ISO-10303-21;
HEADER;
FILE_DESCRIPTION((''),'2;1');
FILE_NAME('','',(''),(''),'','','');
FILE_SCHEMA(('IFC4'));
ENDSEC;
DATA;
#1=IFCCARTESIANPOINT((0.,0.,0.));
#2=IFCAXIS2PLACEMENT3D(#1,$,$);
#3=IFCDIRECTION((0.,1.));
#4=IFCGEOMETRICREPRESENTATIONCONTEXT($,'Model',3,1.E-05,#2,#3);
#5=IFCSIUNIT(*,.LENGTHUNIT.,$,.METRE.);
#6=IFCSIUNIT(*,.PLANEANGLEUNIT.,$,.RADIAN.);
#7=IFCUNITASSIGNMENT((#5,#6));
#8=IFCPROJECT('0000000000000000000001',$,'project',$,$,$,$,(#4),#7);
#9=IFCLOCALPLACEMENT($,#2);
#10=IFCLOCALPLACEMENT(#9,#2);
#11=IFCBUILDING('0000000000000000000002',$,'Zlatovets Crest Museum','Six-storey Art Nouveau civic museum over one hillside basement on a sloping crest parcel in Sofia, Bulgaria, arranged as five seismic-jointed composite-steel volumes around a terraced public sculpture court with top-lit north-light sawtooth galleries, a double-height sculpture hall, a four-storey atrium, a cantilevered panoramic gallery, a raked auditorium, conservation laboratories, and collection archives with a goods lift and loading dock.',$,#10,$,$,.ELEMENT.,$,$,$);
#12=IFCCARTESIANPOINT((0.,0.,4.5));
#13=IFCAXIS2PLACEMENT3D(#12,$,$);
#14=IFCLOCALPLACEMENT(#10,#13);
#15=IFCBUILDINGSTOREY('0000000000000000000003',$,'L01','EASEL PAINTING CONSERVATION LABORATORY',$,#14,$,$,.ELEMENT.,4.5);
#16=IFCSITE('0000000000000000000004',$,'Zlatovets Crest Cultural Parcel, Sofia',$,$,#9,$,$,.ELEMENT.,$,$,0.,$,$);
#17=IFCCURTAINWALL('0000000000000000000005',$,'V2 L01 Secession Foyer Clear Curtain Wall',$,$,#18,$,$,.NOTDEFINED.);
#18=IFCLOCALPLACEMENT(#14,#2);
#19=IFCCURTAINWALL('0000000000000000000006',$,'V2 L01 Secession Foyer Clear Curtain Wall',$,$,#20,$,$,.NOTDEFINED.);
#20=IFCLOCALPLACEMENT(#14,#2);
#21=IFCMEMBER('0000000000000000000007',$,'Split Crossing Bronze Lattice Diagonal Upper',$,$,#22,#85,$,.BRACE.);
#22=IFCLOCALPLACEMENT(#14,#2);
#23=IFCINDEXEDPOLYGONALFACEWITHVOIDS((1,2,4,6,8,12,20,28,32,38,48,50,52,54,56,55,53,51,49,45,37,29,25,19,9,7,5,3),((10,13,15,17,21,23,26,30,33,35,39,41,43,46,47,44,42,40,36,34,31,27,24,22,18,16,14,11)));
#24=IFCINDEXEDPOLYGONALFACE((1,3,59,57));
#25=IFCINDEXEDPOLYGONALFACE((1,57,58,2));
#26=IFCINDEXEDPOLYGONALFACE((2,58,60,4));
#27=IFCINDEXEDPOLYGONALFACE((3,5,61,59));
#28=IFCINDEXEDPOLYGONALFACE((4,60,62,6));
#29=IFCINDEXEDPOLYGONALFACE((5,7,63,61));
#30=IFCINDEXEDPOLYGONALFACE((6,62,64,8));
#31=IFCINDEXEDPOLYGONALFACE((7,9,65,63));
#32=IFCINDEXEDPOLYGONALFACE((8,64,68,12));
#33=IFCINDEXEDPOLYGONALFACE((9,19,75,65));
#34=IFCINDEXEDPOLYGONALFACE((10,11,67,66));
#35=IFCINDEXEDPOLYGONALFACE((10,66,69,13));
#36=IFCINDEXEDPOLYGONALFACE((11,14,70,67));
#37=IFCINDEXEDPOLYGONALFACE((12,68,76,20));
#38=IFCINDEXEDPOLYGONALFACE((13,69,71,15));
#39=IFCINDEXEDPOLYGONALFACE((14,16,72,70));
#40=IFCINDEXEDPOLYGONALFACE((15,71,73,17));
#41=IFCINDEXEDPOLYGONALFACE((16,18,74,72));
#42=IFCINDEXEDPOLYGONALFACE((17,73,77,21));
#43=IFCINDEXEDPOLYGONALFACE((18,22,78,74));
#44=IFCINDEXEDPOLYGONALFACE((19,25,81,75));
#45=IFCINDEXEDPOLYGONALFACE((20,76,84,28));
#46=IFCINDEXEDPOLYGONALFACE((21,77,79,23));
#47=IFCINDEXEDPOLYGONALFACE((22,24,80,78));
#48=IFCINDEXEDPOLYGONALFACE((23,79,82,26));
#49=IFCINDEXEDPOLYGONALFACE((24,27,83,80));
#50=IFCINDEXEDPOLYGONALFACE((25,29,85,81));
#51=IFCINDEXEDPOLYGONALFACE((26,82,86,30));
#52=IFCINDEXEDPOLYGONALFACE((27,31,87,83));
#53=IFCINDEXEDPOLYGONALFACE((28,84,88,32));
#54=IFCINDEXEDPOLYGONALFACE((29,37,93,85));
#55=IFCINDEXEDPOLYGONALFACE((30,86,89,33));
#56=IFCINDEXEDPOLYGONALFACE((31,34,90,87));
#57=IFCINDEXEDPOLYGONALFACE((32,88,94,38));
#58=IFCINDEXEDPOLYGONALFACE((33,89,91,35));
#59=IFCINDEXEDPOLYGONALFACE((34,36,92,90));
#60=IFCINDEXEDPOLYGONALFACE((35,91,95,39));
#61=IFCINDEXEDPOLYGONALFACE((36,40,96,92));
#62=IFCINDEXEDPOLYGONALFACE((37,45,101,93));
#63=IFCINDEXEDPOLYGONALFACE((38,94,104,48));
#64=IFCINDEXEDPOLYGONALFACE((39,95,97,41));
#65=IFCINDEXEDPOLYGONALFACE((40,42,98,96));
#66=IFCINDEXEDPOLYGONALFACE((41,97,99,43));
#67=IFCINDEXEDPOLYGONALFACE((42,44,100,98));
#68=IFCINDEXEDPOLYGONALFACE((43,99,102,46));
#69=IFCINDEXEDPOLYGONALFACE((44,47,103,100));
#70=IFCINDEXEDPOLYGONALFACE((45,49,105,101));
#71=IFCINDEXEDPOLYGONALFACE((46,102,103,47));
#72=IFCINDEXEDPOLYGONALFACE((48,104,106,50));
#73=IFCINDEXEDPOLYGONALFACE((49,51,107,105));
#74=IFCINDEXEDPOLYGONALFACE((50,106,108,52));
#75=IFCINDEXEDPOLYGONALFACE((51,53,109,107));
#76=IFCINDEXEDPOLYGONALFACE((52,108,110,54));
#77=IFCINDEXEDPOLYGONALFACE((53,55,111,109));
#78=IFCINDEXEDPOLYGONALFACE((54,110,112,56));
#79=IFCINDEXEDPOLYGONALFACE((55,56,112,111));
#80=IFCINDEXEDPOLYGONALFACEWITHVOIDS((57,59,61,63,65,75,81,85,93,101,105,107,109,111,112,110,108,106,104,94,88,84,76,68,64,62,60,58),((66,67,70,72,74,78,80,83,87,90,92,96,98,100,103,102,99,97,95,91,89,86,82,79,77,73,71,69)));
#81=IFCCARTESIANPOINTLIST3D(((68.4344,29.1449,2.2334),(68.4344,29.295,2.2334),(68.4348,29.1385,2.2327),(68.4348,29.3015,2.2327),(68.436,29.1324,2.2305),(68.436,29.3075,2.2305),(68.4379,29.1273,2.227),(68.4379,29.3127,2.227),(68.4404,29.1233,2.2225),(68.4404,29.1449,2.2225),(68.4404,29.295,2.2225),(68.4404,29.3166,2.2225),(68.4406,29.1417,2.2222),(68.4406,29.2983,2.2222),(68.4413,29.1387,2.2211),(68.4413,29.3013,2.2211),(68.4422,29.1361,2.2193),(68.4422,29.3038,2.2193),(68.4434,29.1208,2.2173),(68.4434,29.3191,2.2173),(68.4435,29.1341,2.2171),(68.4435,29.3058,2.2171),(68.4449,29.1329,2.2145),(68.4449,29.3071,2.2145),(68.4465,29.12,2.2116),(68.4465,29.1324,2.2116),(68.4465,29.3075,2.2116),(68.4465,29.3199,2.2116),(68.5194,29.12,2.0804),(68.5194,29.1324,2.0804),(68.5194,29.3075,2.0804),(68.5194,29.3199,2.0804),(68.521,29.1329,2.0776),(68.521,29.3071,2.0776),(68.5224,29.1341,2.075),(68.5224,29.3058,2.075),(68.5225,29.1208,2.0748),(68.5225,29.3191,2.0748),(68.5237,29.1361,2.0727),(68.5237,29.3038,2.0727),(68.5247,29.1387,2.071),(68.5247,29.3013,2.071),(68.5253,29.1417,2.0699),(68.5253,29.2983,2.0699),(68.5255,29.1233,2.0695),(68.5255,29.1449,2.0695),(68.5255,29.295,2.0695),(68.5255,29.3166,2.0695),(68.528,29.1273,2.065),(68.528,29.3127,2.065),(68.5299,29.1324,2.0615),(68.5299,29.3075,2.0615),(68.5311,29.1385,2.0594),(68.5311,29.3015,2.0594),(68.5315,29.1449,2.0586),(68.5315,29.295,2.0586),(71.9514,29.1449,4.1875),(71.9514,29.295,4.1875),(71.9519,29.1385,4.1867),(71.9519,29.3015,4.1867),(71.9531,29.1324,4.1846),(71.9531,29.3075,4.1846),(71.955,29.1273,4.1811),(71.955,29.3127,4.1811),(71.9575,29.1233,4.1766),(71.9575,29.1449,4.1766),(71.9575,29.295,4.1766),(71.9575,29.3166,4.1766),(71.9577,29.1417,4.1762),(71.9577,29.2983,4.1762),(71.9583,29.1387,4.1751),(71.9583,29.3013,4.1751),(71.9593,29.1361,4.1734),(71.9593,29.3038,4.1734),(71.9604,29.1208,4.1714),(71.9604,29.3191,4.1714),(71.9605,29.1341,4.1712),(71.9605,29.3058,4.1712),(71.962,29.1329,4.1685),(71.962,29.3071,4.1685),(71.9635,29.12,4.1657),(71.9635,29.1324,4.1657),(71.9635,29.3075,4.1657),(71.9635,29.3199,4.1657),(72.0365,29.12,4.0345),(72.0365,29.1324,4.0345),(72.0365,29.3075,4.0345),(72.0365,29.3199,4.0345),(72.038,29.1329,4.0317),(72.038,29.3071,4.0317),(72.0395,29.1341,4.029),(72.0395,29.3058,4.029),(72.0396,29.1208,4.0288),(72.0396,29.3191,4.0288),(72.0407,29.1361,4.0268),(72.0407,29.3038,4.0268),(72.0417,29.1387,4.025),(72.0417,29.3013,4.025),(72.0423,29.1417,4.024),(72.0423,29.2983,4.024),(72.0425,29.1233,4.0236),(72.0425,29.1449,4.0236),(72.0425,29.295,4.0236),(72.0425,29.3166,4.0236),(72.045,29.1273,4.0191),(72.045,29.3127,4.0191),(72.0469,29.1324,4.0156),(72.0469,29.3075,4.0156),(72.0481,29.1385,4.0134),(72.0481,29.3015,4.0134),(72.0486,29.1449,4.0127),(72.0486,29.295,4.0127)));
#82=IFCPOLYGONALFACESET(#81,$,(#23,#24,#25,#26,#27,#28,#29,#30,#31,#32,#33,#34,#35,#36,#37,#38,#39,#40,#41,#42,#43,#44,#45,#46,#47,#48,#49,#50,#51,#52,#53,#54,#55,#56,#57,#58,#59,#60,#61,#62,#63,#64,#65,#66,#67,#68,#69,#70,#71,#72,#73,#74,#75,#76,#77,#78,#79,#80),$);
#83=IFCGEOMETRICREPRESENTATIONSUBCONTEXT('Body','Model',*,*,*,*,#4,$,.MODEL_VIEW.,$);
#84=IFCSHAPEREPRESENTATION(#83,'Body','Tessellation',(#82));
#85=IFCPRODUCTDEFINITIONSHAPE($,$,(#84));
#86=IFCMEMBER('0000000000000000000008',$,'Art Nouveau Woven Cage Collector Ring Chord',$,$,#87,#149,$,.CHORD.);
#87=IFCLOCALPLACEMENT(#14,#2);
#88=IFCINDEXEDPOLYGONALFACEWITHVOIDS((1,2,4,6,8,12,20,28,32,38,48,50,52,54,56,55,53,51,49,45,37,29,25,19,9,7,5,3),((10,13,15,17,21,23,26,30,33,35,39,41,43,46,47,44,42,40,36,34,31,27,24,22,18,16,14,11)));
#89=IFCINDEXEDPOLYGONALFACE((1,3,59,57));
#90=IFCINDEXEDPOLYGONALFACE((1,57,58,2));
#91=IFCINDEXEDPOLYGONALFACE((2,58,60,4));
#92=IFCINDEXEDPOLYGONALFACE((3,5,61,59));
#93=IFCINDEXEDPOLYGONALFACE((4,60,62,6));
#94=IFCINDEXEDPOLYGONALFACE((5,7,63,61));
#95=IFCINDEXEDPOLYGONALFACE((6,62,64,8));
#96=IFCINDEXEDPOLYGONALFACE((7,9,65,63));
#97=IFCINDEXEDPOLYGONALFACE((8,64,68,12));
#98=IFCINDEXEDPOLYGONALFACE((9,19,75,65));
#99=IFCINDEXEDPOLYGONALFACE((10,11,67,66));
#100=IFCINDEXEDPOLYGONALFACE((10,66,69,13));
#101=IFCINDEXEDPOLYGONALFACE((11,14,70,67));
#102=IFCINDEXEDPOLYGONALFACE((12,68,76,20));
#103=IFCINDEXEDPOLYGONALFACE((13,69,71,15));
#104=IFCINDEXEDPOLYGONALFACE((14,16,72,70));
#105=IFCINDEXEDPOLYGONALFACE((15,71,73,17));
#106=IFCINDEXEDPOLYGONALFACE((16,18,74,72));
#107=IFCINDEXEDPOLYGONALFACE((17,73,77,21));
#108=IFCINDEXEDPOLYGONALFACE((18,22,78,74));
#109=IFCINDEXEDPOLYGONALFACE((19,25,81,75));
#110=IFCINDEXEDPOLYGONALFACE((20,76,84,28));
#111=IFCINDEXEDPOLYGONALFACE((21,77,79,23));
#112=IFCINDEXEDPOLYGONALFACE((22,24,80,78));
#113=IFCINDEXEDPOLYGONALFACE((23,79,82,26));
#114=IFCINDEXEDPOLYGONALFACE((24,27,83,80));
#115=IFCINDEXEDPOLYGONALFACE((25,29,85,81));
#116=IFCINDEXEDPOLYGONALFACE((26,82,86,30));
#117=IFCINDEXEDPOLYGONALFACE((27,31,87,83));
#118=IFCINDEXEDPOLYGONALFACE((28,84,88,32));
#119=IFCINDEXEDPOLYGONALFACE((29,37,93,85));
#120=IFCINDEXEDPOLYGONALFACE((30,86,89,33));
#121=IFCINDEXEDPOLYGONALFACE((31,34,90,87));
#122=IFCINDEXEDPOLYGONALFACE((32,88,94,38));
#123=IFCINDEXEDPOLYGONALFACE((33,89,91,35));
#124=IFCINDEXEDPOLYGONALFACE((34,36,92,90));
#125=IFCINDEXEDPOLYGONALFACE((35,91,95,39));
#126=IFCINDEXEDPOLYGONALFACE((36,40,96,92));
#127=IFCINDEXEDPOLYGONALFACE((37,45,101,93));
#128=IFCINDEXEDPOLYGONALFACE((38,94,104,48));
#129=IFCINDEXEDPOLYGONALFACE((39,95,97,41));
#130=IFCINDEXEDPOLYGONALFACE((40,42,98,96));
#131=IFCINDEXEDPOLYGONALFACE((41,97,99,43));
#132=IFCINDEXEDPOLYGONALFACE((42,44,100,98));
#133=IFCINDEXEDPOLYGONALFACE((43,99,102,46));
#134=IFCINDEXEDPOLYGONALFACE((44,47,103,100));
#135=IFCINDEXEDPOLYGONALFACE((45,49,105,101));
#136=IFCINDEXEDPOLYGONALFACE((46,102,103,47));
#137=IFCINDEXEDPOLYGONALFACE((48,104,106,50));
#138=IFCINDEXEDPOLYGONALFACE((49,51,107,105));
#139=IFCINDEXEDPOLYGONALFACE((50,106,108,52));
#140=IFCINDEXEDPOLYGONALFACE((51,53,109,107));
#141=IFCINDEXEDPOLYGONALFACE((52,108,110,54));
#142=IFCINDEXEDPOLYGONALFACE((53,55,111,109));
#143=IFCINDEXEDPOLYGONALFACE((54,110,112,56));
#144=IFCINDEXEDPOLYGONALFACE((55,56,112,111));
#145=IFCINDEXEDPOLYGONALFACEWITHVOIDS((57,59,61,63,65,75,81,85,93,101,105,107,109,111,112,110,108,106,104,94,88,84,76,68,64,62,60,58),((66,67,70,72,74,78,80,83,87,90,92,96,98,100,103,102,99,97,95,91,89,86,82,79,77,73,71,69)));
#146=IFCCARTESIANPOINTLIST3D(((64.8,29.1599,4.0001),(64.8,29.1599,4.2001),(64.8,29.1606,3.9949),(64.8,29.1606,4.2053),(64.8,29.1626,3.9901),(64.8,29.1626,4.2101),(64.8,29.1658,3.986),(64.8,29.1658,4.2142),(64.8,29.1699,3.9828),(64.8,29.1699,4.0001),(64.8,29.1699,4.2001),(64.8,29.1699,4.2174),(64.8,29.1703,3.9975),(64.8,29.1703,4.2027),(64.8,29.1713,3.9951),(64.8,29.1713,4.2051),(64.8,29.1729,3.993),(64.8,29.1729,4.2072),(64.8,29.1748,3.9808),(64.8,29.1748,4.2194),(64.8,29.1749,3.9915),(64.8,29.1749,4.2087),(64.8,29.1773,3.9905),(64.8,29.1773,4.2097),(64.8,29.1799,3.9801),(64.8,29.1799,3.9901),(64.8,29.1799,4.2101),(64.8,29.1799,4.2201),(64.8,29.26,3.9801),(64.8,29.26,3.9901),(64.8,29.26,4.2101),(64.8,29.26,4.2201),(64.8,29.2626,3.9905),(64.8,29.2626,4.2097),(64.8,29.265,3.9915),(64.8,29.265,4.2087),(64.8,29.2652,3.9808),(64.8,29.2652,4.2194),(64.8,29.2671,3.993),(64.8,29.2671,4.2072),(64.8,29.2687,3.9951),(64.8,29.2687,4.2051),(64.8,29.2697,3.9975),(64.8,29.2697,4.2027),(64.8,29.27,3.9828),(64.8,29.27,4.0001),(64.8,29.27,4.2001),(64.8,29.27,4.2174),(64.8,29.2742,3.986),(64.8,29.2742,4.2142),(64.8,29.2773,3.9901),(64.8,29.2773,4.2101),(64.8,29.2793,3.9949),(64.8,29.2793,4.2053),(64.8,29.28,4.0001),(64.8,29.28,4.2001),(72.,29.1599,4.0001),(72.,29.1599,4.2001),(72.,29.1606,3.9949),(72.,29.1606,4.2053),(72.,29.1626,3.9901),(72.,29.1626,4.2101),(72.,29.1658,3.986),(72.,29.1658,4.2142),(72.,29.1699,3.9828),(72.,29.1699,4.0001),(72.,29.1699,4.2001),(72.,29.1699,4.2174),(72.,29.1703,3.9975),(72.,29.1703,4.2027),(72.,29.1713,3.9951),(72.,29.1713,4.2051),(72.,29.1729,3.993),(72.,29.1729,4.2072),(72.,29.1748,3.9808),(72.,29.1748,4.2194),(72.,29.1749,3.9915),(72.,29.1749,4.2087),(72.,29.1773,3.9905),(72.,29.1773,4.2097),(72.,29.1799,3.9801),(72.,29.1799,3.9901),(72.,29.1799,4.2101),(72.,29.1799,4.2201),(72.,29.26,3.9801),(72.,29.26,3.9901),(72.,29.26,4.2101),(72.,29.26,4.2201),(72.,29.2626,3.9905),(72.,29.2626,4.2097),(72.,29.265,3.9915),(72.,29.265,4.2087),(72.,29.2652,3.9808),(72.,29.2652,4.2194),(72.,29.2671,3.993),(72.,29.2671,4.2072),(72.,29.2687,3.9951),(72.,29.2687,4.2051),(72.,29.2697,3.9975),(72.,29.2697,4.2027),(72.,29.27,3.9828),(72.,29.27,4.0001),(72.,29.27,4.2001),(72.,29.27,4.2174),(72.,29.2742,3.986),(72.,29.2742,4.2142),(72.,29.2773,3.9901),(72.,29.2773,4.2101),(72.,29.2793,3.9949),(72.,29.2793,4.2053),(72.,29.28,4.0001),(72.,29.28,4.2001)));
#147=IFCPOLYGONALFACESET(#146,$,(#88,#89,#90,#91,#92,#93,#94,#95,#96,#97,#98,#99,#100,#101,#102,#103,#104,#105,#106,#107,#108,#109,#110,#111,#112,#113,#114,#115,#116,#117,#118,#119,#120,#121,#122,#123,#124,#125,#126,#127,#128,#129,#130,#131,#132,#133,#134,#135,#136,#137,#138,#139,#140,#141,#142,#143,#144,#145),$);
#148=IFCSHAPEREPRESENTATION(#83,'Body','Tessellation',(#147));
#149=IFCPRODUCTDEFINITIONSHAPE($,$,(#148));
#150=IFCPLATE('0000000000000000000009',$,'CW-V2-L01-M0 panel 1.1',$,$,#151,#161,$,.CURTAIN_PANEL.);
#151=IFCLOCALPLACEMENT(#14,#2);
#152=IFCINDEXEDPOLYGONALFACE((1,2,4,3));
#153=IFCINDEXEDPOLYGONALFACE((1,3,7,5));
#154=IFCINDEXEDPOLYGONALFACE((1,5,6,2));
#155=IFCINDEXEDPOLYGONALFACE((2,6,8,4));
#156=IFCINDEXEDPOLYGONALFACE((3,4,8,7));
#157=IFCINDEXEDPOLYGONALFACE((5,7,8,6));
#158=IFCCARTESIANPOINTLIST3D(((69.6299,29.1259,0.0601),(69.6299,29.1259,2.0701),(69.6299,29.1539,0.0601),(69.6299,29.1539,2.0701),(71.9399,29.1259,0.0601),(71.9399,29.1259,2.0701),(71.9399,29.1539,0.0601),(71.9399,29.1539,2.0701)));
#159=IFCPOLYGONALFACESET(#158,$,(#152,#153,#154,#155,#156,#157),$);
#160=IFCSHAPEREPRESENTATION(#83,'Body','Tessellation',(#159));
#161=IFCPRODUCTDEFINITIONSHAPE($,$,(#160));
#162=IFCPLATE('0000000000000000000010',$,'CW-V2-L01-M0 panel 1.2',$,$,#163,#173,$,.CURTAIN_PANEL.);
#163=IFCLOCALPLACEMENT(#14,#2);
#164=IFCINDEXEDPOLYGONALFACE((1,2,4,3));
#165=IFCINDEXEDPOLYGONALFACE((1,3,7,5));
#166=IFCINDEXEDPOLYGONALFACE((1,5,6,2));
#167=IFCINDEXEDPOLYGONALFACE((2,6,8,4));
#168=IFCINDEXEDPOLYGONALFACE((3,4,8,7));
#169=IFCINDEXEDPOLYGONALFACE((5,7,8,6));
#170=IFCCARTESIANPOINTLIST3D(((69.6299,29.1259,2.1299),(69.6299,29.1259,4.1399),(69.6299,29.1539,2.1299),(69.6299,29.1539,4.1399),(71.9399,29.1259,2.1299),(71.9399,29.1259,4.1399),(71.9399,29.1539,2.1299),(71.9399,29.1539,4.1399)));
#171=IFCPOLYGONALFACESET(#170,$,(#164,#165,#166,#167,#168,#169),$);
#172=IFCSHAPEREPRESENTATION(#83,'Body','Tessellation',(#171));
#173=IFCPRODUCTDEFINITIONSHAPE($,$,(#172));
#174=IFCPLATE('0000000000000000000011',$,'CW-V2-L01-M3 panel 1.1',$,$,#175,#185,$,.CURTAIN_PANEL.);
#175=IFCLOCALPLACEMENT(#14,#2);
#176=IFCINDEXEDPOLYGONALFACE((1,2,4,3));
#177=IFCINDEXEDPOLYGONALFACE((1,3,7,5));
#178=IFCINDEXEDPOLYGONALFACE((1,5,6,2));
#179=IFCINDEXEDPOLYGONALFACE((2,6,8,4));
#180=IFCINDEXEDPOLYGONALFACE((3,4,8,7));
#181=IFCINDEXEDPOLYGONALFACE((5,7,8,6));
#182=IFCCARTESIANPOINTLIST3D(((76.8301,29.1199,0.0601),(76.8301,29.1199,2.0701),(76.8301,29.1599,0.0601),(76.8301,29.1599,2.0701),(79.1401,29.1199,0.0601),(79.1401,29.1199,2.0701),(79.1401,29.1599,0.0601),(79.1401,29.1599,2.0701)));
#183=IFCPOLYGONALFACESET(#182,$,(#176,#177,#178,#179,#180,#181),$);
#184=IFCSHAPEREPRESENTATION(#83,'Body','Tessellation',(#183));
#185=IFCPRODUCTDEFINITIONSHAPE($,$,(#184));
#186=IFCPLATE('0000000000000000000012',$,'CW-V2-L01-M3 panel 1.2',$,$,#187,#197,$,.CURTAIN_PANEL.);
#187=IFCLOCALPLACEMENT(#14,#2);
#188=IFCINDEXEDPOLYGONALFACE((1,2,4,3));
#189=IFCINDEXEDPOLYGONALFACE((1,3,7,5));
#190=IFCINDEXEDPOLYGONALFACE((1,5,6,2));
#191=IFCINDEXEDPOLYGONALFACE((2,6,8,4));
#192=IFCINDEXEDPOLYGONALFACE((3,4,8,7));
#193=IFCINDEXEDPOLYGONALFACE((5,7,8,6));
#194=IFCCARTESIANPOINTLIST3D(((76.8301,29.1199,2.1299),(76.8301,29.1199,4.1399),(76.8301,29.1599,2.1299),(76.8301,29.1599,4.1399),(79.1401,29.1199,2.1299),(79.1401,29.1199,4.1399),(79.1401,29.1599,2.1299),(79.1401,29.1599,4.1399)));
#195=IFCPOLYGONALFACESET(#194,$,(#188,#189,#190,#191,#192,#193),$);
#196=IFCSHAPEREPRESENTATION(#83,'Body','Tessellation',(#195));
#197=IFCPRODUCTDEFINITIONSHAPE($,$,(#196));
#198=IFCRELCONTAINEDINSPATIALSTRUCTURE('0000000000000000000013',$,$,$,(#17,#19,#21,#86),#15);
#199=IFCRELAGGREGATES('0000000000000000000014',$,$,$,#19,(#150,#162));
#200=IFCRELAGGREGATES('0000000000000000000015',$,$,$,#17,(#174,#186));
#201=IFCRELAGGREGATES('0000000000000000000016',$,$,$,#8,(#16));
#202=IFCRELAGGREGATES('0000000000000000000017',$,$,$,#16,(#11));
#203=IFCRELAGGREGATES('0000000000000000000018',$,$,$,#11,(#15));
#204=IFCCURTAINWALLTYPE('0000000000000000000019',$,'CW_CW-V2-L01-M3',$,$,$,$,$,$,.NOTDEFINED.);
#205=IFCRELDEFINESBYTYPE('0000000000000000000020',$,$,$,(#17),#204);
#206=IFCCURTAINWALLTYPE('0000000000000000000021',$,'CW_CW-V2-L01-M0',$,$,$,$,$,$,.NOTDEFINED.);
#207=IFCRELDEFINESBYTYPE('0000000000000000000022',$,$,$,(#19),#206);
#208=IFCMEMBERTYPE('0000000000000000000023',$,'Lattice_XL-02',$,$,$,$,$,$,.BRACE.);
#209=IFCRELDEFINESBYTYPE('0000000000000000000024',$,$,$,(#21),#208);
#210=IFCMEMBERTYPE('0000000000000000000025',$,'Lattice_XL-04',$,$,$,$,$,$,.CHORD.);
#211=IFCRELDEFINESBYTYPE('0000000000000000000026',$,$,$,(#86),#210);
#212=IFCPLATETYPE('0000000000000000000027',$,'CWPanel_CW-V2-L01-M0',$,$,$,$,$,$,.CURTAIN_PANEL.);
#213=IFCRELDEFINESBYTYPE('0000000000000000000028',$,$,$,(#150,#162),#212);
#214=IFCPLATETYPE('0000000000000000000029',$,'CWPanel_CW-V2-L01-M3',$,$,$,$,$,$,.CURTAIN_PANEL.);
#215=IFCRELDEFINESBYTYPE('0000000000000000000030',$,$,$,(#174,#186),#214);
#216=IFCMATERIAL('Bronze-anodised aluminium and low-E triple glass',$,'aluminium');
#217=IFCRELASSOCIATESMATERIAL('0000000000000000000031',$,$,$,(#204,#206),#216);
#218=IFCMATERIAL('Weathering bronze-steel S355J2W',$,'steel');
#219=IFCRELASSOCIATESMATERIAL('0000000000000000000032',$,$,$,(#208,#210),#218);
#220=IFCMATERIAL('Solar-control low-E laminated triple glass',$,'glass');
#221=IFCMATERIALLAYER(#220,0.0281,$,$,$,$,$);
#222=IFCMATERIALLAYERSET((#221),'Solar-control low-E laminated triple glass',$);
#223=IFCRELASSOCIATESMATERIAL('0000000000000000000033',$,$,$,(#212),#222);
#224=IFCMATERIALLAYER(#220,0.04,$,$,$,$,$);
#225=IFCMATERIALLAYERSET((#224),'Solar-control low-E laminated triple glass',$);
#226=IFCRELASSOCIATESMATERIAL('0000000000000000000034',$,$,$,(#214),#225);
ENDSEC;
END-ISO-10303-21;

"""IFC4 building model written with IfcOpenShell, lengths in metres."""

from ifc_helpers import new_model, si_unit, direction, frame, origin, origin_2d, place, context, subcontext, project, spatial, rectangle, hollow_rectangle, extrude, material, layer, layer_set, material_profile, profile_set, type_object, element, aggregate, save


model = new_model("IFC4")

# Units and contexts
model_context = context("Model", 3, precision=1e-05, world=origin(), true_north=direction((0.0, 1.0)))
body_context = subcontext(model_context, "Body", "Model", "MODEL_VIEW")
ifc_project = project(units=[si_unit("LENGTHUNIT", "METRE"), si_unit("PLANEANGLEUNIT", "RADIAN")], contexts=[model_context])

# Site, building, storey
site_placement = place(None, origin())
site = spatial("IfcSite", under=ifc_project, at=site_placement, Name="Zlatovets Crest Cultural Parcel, Sofia", CompositionType="ELEMENT", RefElevation=0.0)
building_placement = place(site_placement, origin())
building = spatial("IfcBuilding", under=site, at=building_placement, Name="Zlatovets Crest Museum", Description="Six-storey Art Nouveau civic museum over one hillside basement on a sloping crest parcel in Sofia, Bulgaria, arranged as five seismic-jointed composite-steel volumes around a terraced public sculpture court with top-lit north-light sawtooth galleries, a double-height sculpture hall, a four-storey atrium, a cantilevered panoramic gallery, a raked auditorium, conservation laboratories, and collection archives with a goods lift and loading dock.", CompositionType="ELEMENT")
storey_placement = place(building_placement, frame((0.0, 0.0, 4.5)))
storey = spatial("IfcBuildingStorey", under=building, at=storey_placement, Name="L01", Description="EASEL PAINTING CONSERVATION LABORATORY", CompositionType="ELEMENT", Elevation=4.5)

# Curtain walls
ifc_material_1 = material(Name="Bronze-anodised aluminium and low-E triple glass", Category="aluminium")
curtain_wall_type_1 = type_object("IfcCurtainWallType", Name="CW_CW-V2-L01-M3", PredefinedType="NOTDEFINED", material=ifc_material_1)
curtain_wall_1_placement = place(storey_placement, origin())
curtain_wall_1 = element("IfcCurtainWall", 1, at=curtain_wall_1_placement, inside=storey, type_object=curtain_wall_type_1, Name="V2 L01 Secession Foyer Clear Curtain Wall", PredefinedType="NOTDEFINED")
curtain_wall_type_2 = type_object("IfcCurtainWallType", Name="CW_CW-V2-L01-M0", PredefinedType="NOTDEFINED", material=ifc_material_1)
curtain_wall_2_placement = place(storey_placement, origin())
curtain_wall_2 = element("IfcCurtainWall", 2, at=curtain_wall_2_placement, inside=storey, type_object=curtain_wall_type_2, Name="V2 L01 Secession Foyer Clear Curtain Wall", PredefinedType="NOTDEFINED")

# Members
ifc_material_2 = material(Name="Weathering bronze-steel S355J2W", Category="steel")
ifc_material_profile_1 = material_profile(ifc_material_2, hollow_rectangle(XDim=0.2, YDim=0.2, WallThickness=0.0125, InnerFilletRadius=0.0125, OuterFilletRadius=0.0249, at=origin_2d()), Name="SHS 200x200x12.5")
ifc_profile_set_1 = profile_set([ifc_material_profile_1], Name="Weathering bronze-steel S355J2W")
member_type_1 = type_object("IfcMemberType", Name="Lattice_XL-02", PredefinedType="BRACE", material=ifc_profile_set_1)
member_1_placement = place(storey_placement, frame((72.0, 29.22, 4.1001), z_axis=(-0.87414, 0.0, -0.485674), x_axis=(0.0, -1.0, 0.0)))
element("IfcMember", 3, at=member_1_placement, inside=storey, type_object=member_type_1, Name="Split Crossing Bronze Lattice Diagonal Upper", PredefinedType="BRACE", context=body_context, shape_type="SweptSolid", body=[
    extrude(hollow_rectangle(XDim=0.2, YDim=0.2, WallThickness=0.0125, InnerFilletRadius=0.0125, OuterFilletRadius=0.0249, at=origin_2d()), origin(), (0.0, 0.0, 1.0), 4.0234),
])
ifc_material_profile_2 = material_profile(ifc_material_2, hollow_rectangle(XDim=0.1201, YDim=0.24, WallThickness=0.01, InnerFilletRadius=0.01, OuterFilletRadius=0.02, at=origin_2d()), Name="RHS 120x240x10.0")
ifc_profile_set_2 = profile_set([ifc_material_profile_2], Name="Weathering bronze-steel S355J2W")
member_type_2 = type_object("IfcMemberType", Name="Lattice_XL-04", PredefinedType="CHORD", material=ifc_profile_set_2)
member_2_placement = place(storey_placement, frame((72.0, 29.22, 4.1001), z_axis=(-1.0, 0.0, 0.0), x_axis=(0.0, -1.0, 0.0)))
element("IfcMember", 4, at=member_2_placement, inside=storey, type_object=member_type_2, Name="Art Nouveau Woven Cage Collector Ring Chord", PredefinedType="CHORD", context=body_context, shape_type="SweptSolid", body=[
    extrude(hollow_rectangle(XDim=0.1201, YDim=0.24, WallThickness=0.01, InnerFilletRadius=0.01, OuterFilletRadius=0.02, at=origin_2d()), origin(), (0.0, 0.0, 1.0), 7.2),
])

# Plates
ifc_material_3 = material(Name="Solar-control low-E laminated triple glass", Category="glass")
ifc_layer_1 = layer(ifc_material_3, 0.0281)
ifc_layer_set_1 = layer_set([ifc_layer_1], Name="Solar-control low-E laminated triple glass")
plate_type_1 = type_object("IfcPlateType", Name="CWPanel_CW-V2-L01-M0", PredefinedType="CURTAIN_PANEL", material=ifc_layer_set_1)
plate_1_placement = place(storey_placement, frame((70.7849, 29.1399, 0.0601), z_axis=(0.0, 0.0, 1.0), x_axis=(-1.0, 0.0, 0.0)))
plate_1 = element("IfcPlate", 5, at=plate_1_placement, type_object=plate_type_1, Name="CW-V2-L01-M0 panel 1.1", PredefinedType="CURTAIN_PANEL", context=body_context, shape_type="SweptSolid", body=[
    extrude(rectangle(XDim=2.3101, YDim=0.0281, at=origin_2d()), origin(), (0.0, 0.0, 1.0), 2.01),
])
plate_2_placement = place(storey_placement, frame((70.7849, 29.1399, 2.1299), z_axis=(0.0, 0.0, 1.0), x_axis=(-1.0, 0.0, 0.0)))
plate_2 = element("IfcPlate", 6, at=plate_2_placement, type_object=plate_type_1, Name="CW-V2-L01-M0 panel 1.2", PredefinedType="CURTAIN_PANEL", context=body_context, shape_type="SweptSolid", body=[
    extrude(rectangle(XDim=2.3101, YDim=0.0281, at=origin_2d()), origin(), (0.0, 0.0, 1.0), 2.01),
])
aggregate(curtain_wall_2, [plate_1, plate_2])
ifc_layer_2 = layer(ifc_material_3, 0.04)
ifc_layer_set_2 = layer_set([ifc_layer_2], Name="Solar-control low-E laminated triple glass")
plate_type_2 = type_object("IfcPlateType", Name="CWPanel_CW-V2-L01-M3", PredefinedType="CURTAIN_PANEL", material=ifc_layer_set_2)
plate_3_placement = place(storey_placement, frame((77.9851, 29.1399, 0.0601), z_axis=(0.0, 0.0, 1.0), x_axis=(-1.0, 0.0, 0.0)))
plate_3 = element("IfcPlate", 7, at=plate_3_placement, type_object=plate_type_2, Name="CW-V2-L01-M3 panel 1.1", PredefinedType="CURTAIN_PANEL", context=body_context, shape_type="SweptSolid", body=[
    extrude(rectangle(XDim=2.3101, YDim=0.04, at=origin_2d()), origin(), (0.0, 0.0, 1.0), 2.01),
])
plate_4_placement = place(storey_placement, frame((77.9851, 29.1399, 2.1299), z_axis=(0.0, 0.0, 1.0), x_axis=(-1.0, 0.0, 0.0)))
plate_4 = element("IfcPlate", 8, at=plate_4_placement, type_object=plate_type_2, Name="CW-V2-L01-M3 panel 1.2", PredefinedType="CURTAIN_PANEL", context=body_context, shape_type="SweptSolid", body=[
    extrude(rectangle(XDim=2.3101, YDim=0.04, at=origin_2d()), origin(), (0.0, 0.0, 1.0), 2.01),
])
aggregate(curtain_wall_1, [plate_3, plate_4])

save(model, "model.ifc")
